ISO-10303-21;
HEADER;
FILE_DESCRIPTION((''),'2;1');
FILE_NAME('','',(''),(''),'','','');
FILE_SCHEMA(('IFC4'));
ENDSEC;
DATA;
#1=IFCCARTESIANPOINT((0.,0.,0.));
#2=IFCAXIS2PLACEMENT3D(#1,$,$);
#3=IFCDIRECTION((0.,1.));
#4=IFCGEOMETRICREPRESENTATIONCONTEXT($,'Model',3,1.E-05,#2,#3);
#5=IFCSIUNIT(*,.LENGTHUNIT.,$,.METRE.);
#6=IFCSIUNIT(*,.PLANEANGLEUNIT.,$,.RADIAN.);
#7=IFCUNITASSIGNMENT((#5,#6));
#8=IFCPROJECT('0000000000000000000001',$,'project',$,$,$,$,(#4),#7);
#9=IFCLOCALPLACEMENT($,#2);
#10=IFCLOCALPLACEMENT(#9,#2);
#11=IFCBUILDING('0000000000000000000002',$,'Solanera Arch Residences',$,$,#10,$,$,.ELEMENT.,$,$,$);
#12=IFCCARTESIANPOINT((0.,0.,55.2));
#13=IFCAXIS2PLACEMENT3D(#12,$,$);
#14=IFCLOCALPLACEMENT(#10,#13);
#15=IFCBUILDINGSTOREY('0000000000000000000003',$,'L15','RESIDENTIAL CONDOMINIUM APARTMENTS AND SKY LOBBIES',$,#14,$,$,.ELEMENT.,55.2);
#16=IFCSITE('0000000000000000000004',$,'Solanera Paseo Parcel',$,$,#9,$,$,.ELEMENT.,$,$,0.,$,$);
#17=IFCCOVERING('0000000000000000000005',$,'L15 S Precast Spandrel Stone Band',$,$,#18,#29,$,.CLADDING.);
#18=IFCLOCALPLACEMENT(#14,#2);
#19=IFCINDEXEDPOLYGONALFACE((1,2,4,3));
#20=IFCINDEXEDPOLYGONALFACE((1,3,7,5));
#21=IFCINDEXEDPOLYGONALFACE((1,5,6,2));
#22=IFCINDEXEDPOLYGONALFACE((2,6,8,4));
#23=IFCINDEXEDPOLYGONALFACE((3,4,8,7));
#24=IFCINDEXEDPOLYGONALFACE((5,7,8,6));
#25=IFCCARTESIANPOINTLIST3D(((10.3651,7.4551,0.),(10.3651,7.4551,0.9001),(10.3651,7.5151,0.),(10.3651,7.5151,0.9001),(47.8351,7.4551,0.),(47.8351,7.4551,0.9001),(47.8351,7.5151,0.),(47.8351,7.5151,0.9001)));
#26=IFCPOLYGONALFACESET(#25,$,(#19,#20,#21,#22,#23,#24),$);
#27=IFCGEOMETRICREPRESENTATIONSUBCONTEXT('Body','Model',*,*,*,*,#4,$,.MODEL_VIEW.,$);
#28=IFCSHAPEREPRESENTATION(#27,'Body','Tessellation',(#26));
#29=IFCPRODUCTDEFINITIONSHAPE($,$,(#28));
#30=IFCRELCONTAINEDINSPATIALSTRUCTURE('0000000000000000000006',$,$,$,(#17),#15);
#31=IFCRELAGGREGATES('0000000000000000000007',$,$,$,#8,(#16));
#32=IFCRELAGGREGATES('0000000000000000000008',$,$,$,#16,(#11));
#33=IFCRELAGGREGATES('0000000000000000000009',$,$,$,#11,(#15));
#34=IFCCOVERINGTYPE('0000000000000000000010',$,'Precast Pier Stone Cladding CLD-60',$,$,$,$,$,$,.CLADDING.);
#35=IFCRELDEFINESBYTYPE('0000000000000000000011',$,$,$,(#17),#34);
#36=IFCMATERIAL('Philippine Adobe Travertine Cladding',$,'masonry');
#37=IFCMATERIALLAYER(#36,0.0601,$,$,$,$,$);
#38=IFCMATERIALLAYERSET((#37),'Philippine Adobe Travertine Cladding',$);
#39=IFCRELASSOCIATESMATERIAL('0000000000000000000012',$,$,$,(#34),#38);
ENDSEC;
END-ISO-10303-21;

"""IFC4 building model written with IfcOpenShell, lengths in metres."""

from ifc_helpers import new_model, si_unit, direction, frame, frame_2d, origin, place, context, subcontext, project, spatial, rectangle, extrude, material, layer, layer_set, type_object, element, save


model = new_model("IFC4")

# Units and contexts
model_context = context("Model", 3, precision=1e-05, world=origin(), true_north=direction((0.0, 1.0)))
body_context = subcontext(model_context, "Body", "Model", "MODEL_VIEW")
ifc_project = project(units=[si_unit("LENGTHUNIT", "METRE"), si_unit("PLANEANGLEUNIT", "RADIAN")], contexts=[model_context])

# Site, building, storey
site_placement = place(None, origin())
site = spatial("IfcSite", under=ifc_project, at=site_placement, Name="Solanera Paseo Parcel", CompositionType="ELEMENT", RefElevation=0.0)
building_placement = place(site_placement, origin())
building = spatial("IfcBuilding", under=site, at=building_placement, Name="Solanera Arch Residences", CompositionType="ELEMENT")
storey_placement = place(building_placement, frame((0.0, 0.0, 55.2)))
storey = spatial("IfcBuildingStorey", under=building, at=storey_placement, Name="L15", Description="RESIDENTIAL CONDOMINIUM APARTMENTS AND SKY LOBBIES", CompositionType="ELEMENT", Elevation=55.2)

# Covering
ifc_material_1 = material(Name="Philippine Adobe Travertine Cladding", Category="masonry")
ifc_layer_1 = layer(ifc_material_1, 0.0601)
ifc_layer_set_1 = layer_set([ifc_layer_1], Name="Philippine Adobe Travertine Cladding")
covering_type = type_object("IfcCoveringType", Name="Precast Pier Stone Cladding CLD-60", PredefinedType="CLADDING", material=ifc_layer_set_1)
covering_placement = place(storey_placement, frame((47.835, 7.4851, 0.0), z_axis=(0.0, 0.0, 1.0), x_axis=(-1.0, 0.0, 0.0)))
element("IfcCovering", 1, at=covering_placement, inside=storey, type_object=covering_type, Name="L15 S Precast Spandrel Stone Band", PredefinedType="CLADDING", context=body_context, shape_type="SweptSolid", body=[
    extrude(rectangle(XDim=37.47, YDim=0.0601, at=frame_2d((18.7349, 0.0))), origin(), (0.0, 0.0, 1.0), 0.9001),
])

save(model, "model.ifc")
